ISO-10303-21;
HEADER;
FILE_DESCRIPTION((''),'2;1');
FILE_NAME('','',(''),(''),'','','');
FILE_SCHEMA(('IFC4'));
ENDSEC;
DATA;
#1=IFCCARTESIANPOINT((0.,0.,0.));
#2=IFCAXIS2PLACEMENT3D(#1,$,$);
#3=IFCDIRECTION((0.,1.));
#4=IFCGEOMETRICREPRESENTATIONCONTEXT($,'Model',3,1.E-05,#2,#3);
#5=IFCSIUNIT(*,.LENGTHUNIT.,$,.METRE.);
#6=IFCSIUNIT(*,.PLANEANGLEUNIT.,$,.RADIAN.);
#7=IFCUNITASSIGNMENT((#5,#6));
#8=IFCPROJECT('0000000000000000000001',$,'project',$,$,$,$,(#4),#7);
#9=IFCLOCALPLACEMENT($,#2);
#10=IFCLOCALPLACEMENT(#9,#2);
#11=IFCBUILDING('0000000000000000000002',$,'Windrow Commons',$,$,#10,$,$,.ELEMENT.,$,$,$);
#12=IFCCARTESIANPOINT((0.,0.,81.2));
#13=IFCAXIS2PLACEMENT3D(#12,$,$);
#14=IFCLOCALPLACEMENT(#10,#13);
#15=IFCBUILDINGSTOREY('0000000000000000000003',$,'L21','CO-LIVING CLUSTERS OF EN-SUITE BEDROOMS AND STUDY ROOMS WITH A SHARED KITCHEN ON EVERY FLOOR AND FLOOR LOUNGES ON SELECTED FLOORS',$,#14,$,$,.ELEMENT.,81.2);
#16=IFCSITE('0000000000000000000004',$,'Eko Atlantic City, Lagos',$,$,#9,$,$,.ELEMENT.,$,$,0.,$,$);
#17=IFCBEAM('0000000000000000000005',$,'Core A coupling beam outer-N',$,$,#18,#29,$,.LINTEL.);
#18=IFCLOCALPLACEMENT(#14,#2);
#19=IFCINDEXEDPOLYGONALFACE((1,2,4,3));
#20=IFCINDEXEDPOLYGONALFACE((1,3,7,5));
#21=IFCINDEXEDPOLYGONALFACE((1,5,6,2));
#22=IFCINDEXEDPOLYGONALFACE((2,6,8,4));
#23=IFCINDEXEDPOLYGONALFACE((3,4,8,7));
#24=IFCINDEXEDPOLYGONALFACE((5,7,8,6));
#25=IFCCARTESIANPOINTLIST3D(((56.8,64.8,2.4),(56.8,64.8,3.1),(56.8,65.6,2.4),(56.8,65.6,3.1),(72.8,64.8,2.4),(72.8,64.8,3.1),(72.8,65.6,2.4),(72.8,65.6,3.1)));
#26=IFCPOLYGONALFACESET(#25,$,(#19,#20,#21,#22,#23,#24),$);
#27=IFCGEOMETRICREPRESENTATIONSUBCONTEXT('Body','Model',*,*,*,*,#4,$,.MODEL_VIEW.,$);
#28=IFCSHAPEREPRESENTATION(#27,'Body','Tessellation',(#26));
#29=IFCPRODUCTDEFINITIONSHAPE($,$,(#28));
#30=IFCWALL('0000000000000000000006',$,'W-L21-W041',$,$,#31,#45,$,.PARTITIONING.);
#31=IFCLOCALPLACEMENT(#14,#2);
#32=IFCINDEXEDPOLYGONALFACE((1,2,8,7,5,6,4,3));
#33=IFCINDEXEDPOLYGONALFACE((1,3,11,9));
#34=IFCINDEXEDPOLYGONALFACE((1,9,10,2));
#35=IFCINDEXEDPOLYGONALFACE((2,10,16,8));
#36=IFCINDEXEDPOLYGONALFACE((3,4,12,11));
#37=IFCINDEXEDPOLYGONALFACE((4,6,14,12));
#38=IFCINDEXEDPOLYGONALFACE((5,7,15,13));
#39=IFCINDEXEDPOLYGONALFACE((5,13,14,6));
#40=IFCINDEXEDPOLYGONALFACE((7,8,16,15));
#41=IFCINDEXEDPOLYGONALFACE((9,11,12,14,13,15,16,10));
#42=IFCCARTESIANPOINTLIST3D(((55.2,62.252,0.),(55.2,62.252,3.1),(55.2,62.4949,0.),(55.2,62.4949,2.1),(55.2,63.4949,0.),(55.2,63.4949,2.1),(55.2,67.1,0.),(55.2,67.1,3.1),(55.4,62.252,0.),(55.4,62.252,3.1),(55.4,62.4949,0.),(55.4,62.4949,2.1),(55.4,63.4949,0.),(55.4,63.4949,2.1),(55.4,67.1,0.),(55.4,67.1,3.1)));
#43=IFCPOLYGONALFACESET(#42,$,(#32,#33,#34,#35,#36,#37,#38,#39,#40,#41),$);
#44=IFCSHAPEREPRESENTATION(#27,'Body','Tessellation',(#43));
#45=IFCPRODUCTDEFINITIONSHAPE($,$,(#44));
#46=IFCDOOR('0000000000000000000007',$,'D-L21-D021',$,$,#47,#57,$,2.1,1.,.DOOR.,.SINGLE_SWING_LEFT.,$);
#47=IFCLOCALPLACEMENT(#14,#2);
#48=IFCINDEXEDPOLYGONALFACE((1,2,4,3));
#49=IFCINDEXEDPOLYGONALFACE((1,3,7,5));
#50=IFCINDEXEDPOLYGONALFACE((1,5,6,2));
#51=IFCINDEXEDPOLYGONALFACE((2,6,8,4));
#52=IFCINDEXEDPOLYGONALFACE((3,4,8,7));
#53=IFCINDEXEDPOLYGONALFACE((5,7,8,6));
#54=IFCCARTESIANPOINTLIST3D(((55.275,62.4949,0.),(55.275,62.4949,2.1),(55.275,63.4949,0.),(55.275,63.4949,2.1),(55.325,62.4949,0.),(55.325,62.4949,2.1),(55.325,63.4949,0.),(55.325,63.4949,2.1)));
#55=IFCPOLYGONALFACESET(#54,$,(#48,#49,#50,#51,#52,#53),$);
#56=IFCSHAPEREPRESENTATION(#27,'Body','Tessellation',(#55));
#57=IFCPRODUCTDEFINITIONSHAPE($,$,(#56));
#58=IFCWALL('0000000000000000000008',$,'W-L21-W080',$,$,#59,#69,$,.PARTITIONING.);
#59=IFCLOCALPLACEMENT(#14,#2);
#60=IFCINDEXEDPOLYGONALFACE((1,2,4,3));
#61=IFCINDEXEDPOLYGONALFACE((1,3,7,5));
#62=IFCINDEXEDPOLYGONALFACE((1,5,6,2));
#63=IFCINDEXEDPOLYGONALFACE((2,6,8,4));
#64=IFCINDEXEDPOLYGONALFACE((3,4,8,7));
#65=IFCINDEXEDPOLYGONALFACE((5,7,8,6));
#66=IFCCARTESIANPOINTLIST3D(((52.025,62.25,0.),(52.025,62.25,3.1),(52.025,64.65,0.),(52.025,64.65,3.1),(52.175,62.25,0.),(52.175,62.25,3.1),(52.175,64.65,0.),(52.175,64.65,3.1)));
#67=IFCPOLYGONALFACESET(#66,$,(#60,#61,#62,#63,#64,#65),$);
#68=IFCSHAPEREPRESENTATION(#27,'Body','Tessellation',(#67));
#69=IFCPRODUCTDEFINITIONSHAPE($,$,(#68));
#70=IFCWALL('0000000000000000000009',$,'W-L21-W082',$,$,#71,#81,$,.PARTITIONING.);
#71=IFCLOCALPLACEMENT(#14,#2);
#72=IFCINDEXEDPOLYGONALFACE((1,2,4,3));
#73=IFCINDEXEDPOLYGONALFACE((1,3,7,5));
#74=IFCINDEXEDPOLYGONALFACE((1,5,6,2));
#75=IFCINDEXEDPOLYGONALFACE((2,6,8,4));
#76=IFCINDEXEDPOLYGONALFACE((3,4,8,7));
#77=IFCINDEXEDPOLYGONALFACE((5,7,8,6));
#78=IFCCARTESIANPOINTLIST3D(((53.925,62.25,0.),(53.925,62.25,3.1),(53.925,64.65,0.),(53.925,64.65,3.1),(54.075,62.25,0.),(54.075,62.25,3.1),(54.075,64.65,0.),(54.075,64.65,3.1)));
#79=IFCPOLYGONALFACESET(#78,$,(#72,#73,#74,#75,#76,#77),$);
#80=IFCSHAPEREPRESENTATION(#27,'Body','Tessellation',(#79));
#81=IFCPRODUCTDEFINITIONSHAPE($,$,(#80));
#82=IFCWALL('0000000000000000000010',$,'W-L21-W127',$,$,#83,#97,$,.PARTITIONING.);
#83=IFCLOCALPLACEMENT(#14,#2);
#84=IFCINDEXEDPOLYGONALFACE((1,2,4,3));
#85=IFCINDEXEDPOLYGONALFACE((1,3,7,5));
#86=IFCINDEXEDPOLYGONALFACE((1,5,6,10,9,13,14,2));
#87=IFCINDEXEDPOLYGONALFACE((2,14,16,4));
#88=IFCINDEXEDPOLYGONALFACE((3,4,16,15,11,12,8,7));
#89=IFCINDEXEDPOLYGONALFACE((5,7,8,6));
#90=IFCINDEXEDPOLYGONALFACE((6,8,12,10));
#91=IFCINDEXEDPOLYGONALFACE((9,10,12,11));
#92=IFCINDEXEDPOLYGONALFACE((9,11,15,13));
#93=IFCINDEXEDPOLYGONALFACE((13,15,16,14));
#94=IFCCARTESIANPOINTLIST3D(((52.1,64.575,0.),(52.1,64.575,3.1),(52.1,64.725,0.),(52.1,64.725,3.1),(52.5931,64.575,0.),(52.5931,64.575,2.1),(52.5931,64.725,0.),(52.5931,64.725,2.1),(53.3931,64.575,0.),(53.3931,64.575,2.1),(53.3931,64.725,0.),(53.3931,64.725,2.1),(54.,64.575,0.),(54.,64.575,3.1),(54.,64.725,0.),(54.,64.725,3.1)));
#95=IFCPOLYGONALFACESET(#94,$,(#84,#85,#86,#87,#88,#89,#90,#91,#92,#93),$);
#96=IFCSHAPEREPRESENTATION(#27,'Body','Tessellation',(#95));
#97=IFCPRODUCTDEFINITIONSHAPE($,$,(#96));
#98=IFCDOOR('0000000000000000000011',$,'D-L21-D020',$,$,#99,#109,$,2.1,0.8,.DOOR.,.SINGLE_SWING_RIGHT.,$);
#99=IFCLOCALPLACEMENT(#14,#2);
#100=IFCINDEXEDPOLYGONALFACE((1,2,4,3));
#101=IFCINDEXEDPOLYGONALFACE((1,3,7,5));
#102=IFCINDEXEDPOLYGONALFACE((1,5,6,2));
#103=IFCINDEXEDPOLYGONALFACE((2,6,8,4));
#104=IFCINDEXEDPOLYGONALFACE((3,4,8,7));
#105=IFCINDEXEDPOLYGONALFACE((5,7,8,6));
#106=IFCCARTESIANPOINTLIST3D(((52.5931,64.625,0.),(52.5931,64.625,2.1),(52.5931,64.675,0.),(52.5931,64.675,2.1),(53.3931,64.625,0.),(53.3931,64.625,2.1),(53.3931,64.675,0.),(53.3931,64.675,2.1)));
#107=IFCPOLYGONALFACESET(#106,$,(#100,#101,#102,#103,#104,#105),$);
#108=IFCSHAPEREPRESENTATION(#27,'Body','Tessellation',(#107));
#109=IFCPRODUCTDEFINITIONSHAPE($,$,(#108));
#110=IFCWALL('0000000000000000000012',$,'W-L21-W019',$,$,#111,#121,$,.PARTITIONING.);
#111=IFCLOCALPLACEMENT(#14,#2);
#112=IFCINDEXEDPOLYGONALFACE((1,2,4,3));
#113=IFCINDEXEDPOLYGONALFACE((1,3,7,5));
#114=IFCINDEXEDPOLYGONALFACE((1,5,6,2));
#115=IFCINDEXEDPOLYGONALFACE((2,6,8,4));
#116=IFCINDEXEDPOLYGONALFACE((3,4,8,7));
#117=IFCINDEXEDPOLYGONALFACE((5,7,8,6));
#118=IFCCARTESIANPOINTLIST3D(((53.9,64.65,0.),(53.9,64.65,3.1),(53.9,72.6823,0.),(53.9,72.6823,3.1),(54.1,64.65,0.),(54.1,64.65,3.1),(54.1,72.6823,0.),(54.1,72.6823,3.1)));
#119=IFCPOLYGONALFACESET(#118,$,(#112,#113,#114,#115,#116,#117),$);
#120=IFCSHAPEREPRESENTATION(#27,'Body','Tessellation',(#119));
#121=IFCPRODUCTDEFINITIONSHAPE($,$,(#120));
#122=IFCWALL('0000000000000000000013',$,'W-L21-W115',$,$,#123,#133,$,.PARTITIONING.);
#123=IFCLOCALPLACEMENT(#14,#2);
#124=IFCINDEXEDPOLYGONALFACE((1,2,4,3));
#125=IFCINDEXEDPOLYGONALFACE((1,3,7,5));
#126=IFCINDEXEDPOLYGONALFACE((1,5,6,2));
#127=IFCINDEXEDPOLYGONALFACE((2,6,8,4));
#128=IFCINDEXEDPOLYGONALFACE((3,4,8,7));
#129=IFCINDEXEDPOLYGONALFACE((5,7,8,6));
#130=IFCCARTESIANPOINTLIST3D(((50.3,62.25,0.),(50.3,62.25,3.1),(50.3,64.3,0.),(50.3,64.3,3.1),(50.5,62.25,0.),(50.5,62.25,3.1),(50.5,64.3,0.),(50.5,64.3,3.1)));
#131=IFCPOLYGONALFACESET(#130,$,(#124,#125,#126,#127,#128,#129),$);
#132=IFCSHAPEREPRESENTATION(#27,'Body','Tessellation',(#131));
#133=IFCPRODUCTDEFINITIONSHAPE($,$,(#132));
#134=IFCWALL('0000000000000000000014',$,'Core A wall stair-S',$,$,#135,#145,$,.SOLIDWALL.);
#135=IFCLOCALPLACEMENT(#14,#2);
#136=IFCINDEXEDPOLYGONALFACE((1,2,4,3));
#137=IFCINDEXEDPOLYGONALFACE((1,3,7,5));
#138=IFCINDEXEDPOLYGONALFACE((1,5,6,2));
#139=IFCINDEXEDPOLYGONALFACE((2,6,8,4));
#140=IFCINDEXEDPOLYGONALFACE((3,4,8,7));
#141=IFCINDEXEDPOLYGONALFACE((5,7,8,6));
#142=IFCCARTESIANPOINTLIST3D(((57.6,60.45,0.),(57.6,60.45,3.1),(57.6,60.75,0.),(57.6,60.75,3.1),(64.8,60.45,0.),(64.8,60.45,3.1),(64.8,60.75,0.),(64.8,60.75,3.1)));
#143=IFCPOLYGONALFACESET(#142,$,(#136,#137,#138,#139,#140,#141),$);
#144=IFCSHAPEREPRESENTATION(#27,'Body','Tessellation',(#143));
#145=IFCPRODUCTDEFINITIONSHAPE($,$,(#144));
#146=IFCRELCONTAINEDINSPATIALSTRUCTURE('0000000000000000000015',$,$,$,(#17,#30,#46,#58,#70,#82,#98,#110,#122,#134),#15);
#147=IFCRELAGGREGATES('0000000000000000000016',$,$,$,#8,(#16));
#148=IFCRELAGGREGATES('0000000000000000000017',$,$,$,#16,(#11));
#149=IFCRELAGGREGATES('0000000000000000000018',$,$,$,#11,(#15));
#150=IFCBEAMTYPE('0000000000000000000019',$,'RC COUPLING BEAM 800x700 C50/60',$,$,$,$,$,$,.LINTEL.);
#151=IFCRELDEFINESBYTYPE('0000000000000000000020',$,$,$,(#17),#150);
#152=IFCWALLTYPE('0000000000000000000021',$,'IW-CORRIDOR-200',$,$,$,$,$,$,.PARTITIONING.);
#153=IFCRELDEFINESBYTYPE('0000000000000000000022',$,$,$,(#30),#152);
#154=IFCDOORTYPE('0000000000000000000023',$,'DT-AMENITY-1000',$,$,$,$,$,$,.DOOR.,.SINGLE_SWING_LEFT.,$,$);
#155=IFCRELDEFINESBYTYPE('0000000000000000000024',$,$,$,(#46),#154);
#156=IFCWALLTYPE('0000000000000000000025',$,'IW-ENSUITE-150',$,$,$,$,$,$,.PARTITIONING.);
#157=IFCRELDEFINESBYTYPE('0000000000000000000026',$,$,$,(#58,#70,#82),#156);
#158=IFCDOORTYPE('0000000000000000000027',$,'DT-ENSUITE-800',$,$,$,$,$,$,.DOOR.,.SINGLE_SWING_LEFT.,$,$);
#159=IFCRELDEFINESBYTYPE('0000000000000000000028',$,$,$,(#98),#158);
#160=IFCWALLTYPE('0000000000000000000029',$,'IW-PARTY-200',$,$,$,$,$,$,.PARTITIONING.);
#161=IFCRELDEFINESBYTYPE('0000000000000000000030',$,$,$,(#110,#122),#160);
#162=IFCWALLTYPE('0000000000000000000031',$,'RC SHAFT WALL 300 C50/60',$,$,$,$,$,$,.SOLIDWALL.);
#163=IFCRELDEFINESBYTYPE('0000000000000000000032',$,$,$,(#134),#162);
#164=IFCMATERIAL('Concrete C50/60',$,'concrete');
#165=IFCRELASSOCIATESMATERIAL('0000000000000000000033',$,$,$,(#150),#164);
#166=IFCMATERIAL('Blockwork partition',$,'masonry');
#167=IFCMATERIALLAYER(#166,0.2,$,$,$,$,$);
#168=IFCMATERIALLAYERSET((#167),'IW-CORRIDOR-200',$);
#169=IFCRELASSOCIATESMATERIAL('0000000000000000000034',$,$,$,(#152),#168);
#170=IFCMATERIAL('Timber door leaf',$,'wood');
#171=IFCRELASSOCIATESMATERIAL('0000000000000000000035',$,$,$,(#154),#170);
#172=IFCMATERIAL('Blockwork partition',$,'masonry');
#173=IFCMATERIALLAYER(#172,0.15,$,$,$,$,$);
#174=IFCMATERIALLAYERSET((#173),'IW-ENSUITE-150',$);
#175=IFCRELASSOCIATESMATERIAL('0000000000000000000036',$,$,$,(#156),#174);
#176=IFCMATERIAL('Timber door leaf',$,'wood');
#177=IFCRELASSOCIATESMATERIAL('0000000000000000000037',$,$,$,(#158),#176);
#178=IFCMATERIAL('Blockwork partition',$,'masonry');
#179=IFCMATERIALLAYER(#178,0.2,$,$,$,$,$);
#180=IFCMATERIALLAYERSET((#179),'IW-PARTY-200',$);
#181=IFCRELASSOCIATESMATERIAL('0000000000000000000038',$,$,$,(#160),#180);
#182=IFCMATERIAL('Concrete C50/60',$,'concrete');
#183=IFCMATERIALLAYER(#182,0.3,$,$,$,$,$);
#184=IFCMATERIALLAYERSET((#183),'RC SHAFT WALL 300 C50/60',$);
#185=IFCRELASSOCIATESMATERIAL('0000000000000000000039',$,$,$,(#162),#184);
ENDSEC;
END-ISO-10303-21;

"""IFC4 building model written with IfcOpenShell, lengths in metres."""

from ifc_helpers import new_model, si_unit, direction, frame, frame_2d, origin, origin_2d, place, context, subcontext, project, spatial, rectangle, extrude, material, layer, layer_set, material_profile, profile_set, type_object, element, fill, save


model = new_model("IFC4")

# Units and contexts
model_context = context("Model", 3, precision=1e-05, world=origin(), true_north=direction((0.0, 1.0)))
body_context = subcontext(model_context, "Body", "Model", "MODEL_VIEW")
ifc_project = project(units=[si_unit("LENGTHUNIT", "METRE"), si_unit("PLANEANGLEUNIT", "RADIAN")], contexts=[model_context])

# Site, building, storey
site_placement = place(None, origin())
site = spatial("IfcSite", under=ifc_project, at=site_placement, Name="Eko Atlantic City, Lagos", CompositionType="ELEMENT", RefElevation=0.0)
building_placement = place(site_placement, origin())
building = spatial("IfcBuilding", under=site, at=building_placement, Name="Windrow Commons", CompositionType="ELEMENT")
storey_placement = place(building_placement, frame((0.0, 0.0, 81.2)))
storey = spatial("IfcBuildingStorey", under=building, at=storey_placement, Name="L21", Description="CO-LIVING CLUSTERS OF EN-SUITE BEDROOMS AND STUDY ROOMS WITH A SHARED KITCHEN ON EVERY FLOOR AND FLOOR LOUNGES ON SELECTED FLOORS", CompositionType="ELEMENT", Elevation=81.2)

# Beam
ifc_material_1 = material(Name="Concrete C50/60", Category="concrete")
ifc_material_profile = material_profile(ifc_material_1, rectangle(XDim=0.8, YDim=0.7, at=origin_2d()))
ifc_profile_set = profile_set([ifc_material_profile], Name="Concrete C50/60")
beam_type = type_object("IfcBeamType", Name="RC COUPLING BEAM 800x700 C50/60", PredefinedType="LINTEL", material=ifc_profile_set)
beam_placement = place(storey_placement, frame((56.8, 65.2, 2.75), z_axis=(1.0, 0.0, 0.0), x_axis=(0.0, 1.0, 0.0)))
element("IfcBeam", 1, at=beam_placement, inside=storey, type_object=beam_type, Name="Core A coupling beam outer-N", PredefinedType="LINTEL", context=body_context, shape_type="SweptSolid", body=[
    extrude(rectangle(XDim=0.8, YDim=0.7, at=origin_2d()), origin(), (0.0, 0.0, 1.0), 16.0),
])

# Wall, opening, door
ifc_material_2 = material(Name="Blockwork partition", Category="masonry")
ifc_layer_1 = layer(ifc_material_2, 0.2)
ifc_layer_set_1 = layer_set([ifc_layer_1], Name="IW-CORRIDOR-200")
wall_type_1 = type_object("IfcWallType", Name="IW-CORRIDOR-200", PredefinedType="PARTITIONING", material=ifc_layer_set_1)
wall_1_placement = place(storey_placement, frame((55.3, 62.252, 0.0), z_axis=(0.0, 0.0, 1.0), x_axis=(0.0, 1.0, 0.0)))
wall_1 = element("IfcWall", 2, at=wall_1_placement, inside=storey, type_object=wall_type_1, Name="W-L21-W041", PredefinedType="PARTITIONING", context=body_context, shape_type="SweptSolid", body=[
    extrude(rectangle(XDim=4.848, YDim=0.2, at=frame_2d((2.424, 0.0))), origin(), (0.0, 0.0, 1.0), 3.1),
])
opening_1_placement = place(wall_1_placement, frame((0.2429, 0.0, 0.0)))
opening_1 = element("IfcOpeningElement", 3, at=opening_1_placement, cuts=wall_1, PredefinedType="OPENING", context=body_context, shape_type="SweptSolid", body=[
    extrude(rectangle(XDim=1.0, YDim=2.1, at=frame_2d((0.5, 1.05))), frame((0.0, 0.11, 0.0), z_axis=(0.0, -1.0, 0.0), x_axis=(1.0, 0.0, 0.0)), (0.0, 0.0, 1.0), 0.22),
])
ifc_material_3 = material(Name="Timber door leaf", Category="wood")
door_type_1 = type_object("IfcDoorType", Name="DT-AMENITY-1000", OperationType="SINGLE_SWING_LEFT", PredefinedType="DOOR", material=ifc_material_3)
door_1_placement = place(opening_1_placement, origin())
door_1 = element("IfcDoor", 4, at=door_1_placement, inside=storey, type_object=door_type_1, Name="D-L21-D021", OperationType="SINGLE_SWING_LEFT", OverallHeight=2.1, OverallWidth=1.0, PredefinedType="DOOR", context=body_context, shape_type="SweptSolid", body=[
    extrude(rectangle(XDim=1.0, YDim=2.1, at=frame_2d((0.5, 1.05))), frame((0.0, 0.025, 0.0), z_axis=(0.0, -1.0, 0.0), x_axis=(1.0, 0.0, 0.0)), (0.0, 0.0, 1.0), 0.05),
])
fill(opening_1, door_1)

# Walls
ifc_material_4 = material(Name="Blockwork partition", Category="masonry")
ifc_layer_2 = layer(ifc_material_4, 0.15)
ifc_layer_set_2 = layer_set([ifc_layer_2], Name="IW-ENSUITE-150")
wall_type_2 = type_object("IfcWallType", Name="IW-ENSUITE-150", PredefinedType="PARTITIONING", material=ifc_layer_set_2)
for number, where, z_axis, x_axis, name in (
    (5, (52.1, 62.25, 0.0), (0.0, 0.0, 1.0), (0.0, 1.0, 0.0), "W-L21-W080"),
    (6, (54.0, 62.25, 0.0), (0.0, 0.0, 1.0), (0.0, 1.0, 0.0), "W-L21-W082"),
):
    element("IfcWall", number, at=place(storey_placement, frame(where, z_axis=z_axis, x_axis=x_axis)), inside=storey, type_object=wall_type_2, Name=name, PredefinedType="PARTITIONING", context=body_context, shape_type="SweptSolid", body=[
        extrude(rectangle(XDim=2.4, YDim=0.15, at=frame_2d((1.2, 0.0))), origin(), (0.0, 0.0, 1.0), 3.1),
    ])

# Wall, opening, door
wall_2_placement = place(storey_placement, frame((52.1, 64.65, 0.0), z_axis=(0.0, 0.0, 1.0), x_axis=(1.0, 0.0, 0.0)))
wall_2 = element("IfcWall", 7, at=wall_2_placement, inside=storey, type_object=wall_type_2, Name="W-L21-W127", PredefinedType="PARTITIONING", context=body_context, shape_type="SweptSolid", body=[
    extrude(rectangle(XDim=1.9, YDim=0.15, at=frame_2d((0.95, 0.0))), origin(), (0.0, 0.0, 1.0), 3.1),
])
opening_2_placement = place(wall_2_placement, frame((0.4931, 0.0, 0.0)))
opening_2 = element("IfcOpeningElement", 8, at=opening_2_placement, cuts=wall_2, PredefinedType="OPENING", context=body_context, shape_type="SweptSolid", body=[
    extrude(rectangle(XDim=0.8, YDim=2.1, at=frame_2d((0.4, 1.05))), frame((0.0, 0.085, 0.0), z_axis=(0.0, -1.0, 0.0), x_axis=(1.0, 0.0, 0.0)), (0.0, 0.0, 1.0), 0.17),
])
ifc_material_5 = material(Name="Timber door leaf", Category="wood")
door_type_2 = type_object("IfcDoorType", Name="DT-ENSUITE-800", OperationType="SINGLE_SWING_LEFT", PredefinedType="DOOR", material=ifc_material_5)
door_2_placement = place(opening_2_placement, origin())
door_2 = element("IfcDoor", 9, at=door_2_placement, inside=storey, type_object=door_type_2, Name="D-L21-D020", OperationType="SINGLE_SWING_RIGHT", OverallHeight=2.1, OverallWidth=0.8, PredefinedType="DOOR", context=body_context, shape_type="SweptSolid", body=[
    extrude(rectangle(XDim=0.8, YDim=2.1, at=frame_2d((0.4, 1.05))), frame((0.0, 0.025, 0.0), z_axis=(0.0, -1.0, 0.0), x_axis=(1.0, 0.0, 0.0)), (0.0, 0.0, 1.0), 0.05),
])
fill(opening_2, door_2)

# Walls
ifc_material_6 = material(Name="Blockwork partition", Category="masonry")
ifc_layer_3 = layer(ifc_material_6, 0.2)
ifc_layer_set_3 = layer_set([ifc_layer_3], Name="IW-PARTY-200")
wall_type_3 = type_object("IfcWallType", Name="IW-PARTY-200", PredefinedType="PARTITIONING", material=ifc_layer_set_3)
wall_3_placement = place(storey_placement, frame((54.0, 64.65, 0.0), z_axis=(0.0, 0.0, 1.0), x_axis=(0.0, 1.0, 0.0)))
element("IfcWall", 10, at=wall_3_placement, inside=storey, type_object=wall_type_3, Name="W-L21-W019", PredefinedType="PARTITIONING", context=body_context, shape_type="SweptSolid", body=[
    extrude(rectangle(XDim=8.0323, YDim=0.2, at=frame_2d((4.0161, 0.0))), origin(), (0.0, 0.0, 1.0), 3.1),
])
wall_4_placement = place(storey_placement, frame((50.4, 62.25, 0.0), z_axis=(0.0, 0.0, 1.0), x_axis=(0.0, 1.0, 0.0)))
element("IfcWall", 11, at=wall_4_placement, inside=storey, type_object=wall_type_3, Name="W-L21-W115", PredefinedType="PARTITIONING", context=body_context, shape_type="SweptSolid", body=[
    extrude(rectangle(XDim=2.05, YDim=0.2, at=frame_2d((1.025, 0.0))), origin(), (0.0, 0.0, 1.0), 3.1),
])
ifc_material_7 = material(Name="Concrete C50/60", Category="concrete")
ifc_layer_4 = layer(ifc_material_7, 0.3)
ifc_layer_set_4 = layer_set([ifc_layer_4], Name="RC SHAFT WALL 300 C50/60")
wall_type_4 = type_object("IfcWallType", Name="RC SHAFT WALL 300 C50/60", PredefinedType="SOLIDWALL", material=ifc_layer_set_4)
wall_5_placement = place(storey_placement, frame((57.6, 60.6, 0.0), z_axis=(0.0, 0.0, 1.0), x_axis=(1.0, 0.0, 0.0)))
element("IfcWall", 12, at=wall_5_placement, inside=storey, type_object=wall_type_4, Name="Core A wall stair-S", PredefinedType="SOLIDWALL", context=body_context, shape_type="SweptSolid", body=[
    extrude(rectangle(XDim=7.2, YDim=0.3, at=frame_2d((3.6, 0.0))), origin(), (0.0, 0.0, 1.0), 3.1),
])

save(model, "model.ifc")
